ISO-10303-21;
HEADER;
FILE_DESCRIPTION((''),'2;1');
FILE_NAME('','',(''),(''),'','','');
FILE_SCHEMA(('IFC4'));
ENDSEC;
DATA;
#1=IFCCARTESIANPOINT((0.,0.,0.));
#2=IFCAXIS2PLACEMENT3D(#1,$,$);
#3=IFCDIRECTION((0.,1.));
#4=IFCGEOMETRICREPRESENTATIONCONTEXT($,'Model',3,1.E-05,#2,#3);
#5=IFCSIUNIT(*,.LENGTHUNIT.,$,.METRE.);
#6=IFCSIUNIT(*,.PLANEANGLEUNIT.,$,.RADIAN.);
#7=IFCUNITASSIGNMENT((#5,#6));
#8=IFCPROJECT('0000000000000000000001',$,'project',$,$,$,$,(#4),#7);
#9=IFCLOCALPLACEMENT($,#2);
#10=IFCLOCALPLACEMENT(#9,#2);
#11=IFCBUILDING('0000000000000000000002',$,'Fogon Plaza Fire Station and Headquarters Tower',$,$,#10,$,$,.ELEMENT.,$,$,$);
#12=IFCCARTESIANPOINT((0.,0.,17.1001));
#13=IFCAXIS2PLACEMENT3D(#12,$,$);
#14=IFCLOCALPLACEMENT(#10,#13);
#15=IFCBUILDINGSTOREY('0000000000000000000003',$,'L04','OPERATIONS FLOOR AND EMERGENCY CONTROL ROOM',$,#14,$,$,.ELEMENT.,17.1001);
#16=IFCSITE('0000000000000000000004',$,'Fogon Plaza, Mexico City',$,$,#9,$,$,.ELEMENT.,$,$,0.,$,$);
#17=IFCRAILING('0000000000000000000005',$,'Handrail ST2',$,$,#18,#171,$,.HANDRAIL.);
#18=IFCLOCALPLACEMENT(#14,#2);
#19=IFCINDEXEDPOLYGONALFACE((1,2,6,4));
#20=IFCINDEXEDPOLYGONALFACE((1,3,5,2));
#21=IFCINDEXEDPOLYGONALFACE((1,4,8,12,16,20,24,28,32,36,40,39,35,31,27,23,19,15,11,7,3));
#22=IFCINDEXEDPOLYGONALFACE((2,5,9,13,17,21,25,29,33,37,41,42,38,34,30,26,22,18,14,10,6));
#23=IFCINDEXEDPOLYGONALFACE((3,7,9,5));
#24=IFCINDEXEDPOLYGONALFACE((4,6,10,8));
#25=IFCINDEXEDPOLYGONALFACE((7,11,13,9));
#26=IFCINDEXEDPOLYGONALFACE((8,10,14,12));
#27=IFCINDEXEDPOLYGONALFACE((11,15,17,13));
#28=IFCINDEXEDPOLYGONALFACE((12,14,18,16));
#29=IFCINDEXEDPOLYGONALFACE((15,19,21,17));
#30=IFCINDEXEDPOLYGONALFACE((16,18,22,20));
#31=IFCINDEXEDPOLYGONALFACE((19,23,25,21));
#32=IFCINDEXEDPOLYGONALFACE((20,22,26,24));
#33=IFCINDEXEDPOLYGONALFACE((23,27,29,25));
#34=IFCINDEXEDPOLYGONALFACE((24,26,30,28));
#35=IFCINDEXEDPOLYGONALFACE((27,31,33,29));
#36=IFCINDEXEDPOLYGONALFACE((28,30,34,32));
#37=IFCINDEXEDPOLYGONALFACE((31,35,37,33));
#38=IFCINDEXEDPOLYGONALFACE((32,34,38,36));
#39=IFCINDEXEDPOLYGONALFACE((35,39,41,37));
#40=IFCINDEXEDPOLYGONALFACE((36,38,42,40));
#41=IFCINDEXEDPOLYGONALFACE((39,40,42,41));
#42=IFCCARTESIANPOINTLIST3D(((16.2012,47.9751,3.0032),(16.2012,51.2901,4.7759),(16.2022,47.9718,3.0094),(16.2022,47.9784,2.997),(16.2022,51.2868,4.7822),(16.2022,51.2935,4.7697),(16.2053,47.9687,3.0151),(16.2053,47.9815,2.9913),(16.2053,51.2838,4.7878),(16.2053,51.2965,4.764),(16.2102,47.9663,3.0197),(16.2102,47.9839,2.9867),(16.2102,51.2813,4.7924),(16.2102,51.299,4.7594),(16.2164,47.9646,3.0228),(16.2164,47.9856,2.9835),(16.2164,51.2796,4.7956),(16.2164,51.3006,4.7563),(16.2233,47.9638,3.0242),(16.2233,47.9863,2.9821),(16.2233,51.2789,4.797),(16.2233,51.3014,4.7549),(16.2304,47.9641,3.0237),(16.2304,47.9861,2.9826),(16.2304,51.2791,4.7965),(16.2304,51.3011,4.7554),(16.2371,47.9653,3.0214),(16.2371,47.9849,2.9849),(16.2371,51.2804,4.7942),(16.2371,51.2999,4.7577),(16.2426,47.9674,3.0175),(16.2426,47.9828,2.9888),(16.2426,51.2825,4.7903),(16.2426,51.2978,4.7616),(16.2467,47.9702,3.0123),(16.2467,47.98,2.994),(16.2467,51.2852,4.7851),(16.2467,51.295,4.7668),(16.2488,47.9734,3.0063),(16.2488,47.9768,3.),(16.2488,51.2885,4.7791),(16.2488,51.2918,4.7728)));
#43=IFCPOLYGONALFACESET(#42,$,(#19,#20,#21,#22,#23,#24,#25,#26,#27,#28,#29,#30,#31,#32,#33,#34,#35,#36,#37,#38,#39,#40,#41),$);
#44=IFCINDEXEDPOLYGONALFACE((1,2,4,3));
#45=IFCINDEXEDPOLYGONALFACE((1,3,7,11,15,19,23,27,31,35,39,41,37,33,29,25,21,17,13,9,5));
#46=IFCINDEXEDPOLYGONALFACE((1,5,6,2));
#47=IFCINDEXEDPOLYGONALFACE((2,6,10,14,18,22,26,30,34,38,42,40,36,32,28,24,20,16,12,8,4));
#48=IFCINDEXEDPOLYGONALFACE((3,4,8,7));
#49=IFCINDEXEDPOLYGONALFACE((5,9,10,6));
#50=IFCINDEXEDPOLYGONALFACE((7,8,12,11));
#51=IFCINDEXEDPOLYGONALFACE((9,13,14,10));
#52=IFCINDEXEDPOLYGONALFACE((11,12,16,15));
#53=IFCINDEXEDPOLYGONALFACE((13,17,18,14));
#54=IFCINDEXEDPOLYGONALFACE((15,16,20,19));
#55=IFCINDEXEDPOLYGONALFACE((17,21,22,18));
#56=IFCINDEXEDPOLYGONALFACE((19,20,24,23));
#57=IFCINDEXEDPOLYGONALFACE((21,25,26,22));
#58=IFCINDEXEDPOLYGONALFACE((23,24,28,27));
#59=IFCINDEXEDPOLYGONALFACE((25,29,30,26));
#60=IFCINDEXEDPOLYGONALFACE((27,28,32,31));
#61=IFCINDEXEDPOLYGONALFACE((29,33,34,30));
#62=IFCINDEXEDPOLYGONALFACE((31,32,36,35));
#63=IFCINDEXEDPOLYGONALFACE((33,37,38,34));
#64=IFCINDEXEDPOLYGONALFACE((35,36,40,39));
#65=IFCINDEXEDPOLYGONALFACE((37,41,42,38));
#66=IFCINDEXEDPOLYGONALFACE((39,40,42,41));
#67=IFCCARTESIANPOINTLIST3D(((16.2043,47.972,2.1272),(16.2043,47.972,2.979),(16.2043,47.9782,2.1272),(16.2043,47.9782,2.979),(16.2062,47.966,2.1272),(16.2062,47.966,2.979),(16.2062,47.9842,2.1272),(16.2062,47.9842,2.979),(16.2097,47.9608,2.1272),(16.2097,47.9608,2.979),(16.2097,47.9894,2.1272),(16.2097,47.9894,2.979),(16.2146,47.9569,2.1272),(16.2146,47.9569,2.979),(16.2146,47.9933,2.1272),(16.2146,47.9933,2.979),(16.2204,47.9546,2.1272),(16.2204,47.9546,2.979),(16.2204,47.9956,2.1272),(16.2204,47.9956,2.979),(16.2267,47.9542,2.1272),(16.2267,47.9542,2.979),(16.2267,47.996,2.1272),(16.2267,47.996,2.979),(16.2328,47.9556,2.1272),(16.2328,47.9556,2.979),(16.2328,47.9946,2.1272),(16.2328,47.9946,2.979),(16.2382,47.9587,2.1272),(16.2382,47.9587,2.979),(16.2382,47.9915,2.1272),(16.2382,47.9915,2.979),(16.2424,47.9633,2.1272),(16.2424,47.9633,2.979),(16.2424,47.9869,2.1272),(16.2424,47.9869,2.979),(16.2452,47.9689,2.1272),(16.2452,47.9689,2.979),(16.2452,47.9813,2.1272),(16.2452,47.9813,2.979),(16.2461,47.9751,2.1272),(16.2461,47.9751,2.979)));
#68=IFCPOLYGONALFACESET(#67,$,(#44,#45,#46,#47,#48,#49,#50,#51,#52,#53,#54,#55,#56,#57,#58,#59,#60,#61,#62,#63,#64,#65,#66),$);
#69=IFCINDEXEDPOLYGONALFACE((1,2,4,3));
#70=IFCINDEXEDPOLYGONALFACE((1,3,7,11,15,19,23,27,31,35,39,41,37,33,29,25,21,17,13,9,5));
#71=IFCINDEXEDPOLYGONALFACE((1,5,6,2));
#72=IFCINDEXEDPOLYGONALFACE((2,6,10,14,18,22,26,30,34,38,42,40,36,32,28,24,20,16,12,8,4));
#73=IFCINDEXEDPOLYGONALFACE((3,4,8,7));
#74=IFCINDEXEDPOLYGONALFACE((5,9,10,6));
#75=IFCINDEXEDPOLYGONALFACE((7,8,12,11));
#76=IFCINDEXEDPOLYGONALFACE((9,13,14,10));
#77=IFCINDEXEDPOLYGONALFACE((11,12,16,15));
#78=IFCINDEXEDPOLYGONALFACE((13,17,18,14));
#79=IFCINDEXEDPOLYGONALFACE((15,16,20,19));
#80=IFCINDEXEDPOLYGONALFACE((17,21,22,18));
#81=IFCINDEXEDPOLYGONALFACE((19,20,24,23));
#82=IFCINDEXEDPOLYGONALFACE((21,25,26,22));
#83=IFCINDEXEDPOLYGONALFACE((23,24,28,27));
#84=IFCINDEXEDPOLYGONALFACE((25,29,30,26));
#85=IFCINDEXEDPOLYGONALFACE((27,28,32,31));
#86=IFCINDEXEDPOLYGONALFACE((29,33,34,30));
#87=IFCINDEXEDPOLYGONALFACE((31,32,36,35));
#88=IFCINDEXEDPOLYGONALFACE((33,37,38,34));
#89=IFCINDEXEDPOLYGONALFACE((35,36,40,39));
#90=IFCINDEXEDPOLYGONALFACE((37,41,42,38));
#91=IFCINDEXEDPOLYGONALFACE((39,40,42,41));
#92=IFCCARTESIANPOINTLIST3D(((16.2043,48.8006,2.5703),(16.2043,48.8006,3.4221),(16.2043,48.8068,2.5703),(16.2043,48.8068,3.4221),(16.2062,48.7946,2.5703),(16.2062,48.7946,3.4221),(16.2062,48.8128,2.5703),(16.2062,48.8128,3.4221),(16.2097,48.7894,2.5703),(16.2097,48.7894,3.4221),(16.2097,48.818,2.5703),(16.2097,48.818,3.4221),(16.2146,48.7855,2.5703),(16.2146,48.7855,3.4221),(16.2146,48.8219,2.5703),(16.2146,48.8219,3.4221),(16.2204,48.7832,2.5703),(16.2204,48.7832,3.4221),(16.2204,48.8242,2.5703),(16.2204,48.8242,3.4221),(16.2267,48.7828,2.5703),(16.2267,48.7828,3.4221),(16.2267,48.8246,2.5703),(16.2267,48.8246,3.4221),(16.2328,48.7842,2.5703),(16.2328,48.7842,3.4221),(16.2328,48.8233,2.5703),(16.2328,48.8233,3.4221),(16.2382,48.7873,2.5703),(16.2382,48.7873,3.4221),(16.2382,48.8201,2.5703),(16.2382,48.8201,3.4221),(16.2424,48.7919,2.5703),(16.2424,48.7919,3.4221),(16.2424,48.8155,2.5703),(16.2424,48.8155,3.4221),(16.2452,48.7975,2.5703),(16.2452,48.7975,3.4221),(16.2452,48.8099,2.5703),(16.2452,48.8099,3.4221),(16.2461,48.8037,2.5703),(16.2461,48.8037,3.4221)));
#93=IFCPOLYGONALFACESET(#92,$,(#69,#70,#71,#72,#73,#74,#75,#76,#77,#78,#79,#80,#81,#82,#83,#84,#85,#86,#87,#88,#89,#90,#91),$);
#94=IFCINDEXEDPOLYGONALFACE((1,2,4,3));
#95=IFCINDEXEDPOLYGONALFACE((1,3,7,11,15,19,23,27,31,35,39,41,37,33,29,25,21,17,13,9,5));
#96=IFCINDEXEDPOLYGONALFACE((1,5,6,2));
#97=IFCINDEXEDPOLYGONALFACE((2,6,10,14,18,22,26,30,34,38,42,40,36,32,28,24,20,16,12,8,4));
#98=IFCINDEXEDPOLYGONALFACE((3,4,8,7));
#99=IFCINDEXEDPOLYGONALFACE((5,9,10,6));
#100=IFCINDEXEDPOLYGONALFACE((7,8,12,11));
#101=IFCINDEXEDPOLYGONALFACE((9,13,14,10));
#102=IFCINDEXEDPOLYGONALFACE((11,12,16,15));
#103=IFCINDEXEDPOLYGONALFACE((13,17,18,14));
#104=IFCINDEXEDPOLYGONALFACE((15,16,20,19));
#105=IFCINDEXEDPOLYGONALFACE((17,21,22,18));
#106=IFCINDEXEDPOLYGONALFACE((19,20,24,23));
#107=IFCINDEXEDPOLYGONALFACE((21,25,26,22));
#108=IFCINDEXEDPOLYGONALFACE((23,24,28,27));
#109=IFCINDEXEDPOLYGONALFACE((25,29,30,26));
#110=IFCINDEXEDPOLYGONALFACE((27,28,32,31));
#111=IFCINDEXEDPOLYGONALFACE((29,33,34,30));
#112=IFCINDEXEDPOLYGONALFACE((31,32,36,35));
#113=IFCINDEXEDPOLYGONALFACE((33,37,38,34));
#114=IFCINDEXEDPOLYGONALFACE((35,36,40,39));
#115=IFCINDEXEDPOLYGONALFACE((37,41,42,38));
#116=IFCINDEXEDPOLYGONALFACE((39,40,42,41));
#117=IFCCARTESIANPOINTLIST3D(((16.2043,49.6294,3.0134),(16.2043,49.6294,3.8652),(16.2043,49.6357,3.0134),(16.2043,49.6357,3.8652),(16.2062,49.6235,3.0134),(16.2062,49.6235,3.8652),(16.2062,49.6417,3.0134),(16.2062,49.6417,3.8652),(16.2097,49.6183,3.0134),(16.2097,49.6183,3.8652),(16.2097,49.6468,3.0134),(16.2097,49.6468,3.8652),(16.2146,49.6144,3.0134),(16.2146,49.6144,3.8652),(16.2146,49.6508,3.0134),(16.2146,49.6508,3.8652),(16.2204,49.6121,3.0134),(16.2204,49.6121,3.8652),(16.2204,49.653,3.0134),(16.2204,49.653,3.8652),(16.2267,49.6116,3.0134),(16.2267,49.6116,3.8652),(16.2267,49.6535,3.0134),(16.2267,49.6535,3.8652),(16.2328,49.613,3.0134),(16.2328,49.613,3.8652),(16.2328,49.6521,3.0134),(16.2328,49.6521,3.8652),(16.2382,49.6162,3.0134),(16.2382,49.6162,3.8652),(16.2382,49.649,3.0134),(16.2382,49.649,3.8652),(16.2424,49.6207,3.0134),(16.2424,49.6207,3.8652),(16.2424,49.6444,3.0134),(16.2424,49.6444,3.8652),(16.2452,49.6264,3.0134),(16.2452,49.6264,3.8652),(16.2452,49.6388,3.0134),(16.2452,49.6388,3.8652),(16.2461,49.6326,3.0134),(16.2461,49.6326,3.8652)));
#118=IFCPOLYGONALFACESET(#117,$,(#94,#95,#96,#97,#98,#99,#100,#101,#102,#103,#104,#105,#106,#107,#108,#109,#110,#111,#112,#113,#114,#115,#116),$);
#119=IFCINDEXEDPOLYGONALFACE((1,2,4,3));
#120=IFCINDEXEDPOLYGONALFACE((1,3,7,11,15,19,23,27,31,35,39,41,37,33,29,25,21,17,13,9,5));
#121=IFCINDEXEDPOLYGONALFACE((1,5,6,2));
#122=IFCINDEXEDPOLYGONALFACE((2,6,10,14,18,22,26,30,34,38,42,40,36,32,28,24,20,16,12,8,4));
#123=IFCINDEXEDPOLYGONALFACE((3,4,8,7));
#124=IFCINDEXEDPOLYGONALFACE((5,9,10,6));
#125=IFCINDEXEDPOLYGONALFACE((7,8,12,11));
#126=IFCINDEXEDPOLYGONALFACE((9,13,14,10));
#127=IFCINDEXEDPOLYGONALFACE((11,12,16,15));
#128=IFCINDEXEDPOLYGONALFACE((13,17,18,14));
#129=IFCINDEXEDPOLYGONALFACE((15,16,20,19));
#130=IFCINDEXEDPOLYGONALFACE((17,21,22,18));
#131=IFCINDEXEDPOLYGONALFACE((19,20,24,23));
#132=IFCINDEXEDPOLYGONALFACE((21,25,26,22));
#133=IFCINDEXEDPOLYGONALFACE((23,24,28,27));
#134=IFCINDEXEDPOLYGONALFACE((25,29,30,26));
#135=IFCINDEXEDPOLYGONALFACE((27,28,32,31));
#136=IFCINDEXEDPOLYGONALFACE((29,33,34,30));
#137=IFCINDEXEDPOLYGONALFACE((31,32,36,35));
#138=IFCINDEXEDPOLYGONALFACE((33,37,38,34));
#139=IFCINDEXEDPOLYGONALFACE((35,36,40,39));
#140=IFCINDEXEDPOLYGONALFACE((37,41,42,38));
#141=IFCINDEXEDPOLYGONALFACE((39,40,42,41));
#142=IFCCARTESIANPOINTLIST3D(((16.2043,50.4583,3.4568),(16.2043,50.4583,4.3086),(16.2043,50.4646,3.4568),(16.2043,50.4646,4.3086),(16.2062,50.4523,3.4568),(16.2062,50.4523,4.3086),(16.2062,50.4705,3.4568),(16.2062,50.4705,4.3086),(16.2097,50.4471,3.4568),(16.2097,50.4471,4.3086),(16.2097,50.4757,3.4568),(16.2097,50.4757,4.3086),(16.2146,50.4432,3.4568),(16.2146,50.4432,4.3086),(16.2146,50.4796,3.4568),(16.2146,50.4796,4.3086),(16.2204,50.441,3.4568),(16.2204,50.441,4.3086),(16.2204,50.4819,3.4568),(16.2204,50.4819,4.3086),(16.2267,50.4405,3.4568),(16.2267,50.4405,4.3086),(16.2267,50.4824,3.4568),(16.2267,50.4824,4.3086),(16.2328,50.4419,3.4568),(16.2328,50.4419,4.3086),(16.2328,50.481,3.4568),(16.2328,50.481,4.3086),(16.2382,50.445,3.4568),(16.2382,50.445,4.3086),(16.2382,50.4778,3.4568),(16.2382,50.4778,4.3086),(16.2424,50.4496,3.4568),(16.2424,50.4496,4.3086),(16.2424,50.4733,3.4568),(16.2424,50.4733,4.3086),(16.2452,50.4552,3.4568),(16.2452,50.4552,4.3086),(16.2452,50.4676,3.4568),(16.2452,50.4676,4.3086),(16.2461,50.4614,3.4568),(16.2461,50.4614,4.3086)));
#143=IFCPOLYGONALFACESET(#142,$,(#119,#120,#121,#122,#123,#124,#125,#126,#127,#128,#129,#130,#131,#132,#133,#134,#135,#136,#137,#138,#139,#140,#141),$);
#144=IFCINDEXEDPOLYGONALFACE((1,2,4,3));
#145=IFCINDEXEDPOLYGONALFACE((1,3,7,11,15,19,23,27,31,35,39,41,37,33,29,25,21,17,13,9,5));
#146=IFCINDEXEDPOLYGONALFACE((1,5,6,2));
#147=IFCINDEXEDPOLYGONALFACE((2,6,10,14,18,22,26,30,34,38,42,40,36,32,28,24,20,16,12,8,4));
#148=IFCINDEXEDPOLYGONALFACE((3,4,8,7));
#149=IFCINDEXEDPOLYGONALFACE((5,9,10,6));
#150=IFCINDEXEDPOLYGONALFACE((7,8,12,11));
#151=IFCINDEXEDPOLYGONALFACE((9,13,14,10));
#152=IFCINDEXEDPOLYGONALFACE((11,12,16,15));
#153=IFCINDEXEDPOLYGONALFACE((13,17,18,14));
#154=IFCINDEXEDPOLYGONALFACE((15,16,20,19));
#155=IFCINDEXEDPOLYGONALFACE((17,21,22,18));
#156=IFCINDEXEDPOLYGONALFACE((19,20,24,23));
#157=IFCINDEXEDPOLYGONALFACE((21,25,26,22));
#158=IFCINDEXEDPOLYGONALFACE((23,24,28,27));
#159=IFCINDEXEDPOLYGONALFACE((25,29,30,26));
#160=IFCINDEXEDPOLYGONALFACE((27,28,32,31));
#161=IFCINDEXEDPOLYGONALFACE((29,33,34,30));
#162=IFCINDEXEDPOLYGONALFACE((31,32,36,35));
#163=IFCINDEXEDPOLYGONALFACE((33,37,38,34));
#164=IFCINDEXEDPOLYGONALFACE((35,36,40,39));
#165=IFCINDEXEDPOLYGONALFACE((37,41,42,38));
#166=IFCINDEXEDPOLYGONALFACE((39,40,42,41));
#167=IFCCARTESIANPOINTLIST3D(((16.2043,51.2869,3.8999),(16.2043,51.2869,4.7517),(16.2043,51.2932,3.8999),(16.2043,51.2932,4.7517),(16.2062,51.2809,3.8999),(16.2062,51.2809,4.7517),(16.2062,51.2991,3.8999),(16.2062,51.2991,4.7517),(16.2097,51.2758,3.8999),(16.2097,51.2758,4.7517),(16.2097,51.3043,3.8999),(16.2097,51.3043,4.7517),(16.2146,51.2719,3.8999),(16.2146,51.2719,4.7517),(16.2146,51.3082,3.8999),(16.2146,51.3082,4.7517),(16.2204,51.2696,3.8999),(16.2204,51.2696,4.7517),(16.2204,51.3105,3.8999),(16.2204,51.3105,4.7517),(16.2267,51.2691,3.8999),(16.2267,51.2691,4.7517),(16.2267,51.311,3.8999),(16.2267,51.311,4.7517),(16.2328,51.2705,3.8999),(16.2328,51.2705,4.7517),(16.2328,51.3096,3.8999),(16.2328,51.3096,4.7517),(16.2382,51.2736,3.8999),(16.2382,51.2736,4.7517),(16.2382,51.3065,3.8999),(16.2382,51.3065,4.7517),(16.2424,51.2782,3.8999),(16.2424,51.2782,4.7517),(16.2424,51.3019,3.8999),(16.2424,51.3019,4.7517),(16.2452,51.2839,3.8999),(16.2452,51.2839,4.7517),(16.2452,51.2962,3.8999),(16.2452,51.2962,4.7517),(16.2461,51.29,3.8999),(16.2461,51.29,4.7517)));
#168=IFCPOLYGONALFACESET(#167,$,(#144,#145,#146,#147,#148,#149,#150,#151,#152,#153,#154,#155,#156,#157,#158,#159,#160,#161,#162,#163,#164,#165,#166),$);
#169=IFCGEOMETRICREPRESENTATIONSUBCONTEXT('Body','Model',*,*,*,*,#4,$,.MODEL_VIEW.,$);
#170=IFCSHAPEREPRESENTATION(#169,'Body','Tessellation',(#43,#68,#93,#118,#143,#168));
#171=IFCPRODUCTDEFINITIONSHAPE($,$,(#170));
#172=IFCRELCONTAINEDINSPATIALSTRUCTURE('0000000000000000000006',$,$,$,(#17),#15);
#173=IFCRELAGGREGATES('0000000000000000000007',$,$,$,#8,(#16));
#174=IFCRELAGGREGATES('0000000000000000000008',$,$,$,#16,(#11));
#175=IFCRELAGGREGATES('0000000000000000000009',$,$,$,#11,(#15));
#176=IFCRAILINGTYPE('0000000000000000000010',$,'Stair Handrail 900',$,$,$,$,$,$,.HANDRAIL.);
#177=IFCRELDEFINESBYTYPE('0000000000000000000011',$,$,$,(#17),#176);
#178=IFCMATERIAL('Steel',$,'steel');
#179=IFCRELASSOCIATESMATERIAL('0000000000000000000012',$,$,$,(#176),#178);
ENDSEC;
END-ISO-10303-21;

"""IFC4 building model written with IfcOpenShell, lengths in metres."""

from ifc_helpers import new_model, si_unit, direction, frame, origin, origin_2d, place, context, subcontext, project, spatial, circle, extrude, material, type_object, element, save


model = new_model("IFC4")

# Units and contexts
model_context = context("Model", 3, precision=1e-05, world=origin(), true_north=direction((0.0, 1.0)))
body_context = subcontext(model_context, "Body", "Model", "MODEL_VIEW")
ifc_project = project(units=[si_unit("LENGTHUNIT", "METRE"), si_unit("PLANEANGLEUNIT", "RADIAN")], contexts=[model_context])

# Site, building, storey
site_placement = place(None, origin())
site = spatial("IfcSite", under=ifc_project, at=site_placement, Name="Fogon Plaza, Mexico City", CompositionType="ELEMENT", RefElevation=0.0)
building_placement = place(site_placement, origin())
building = spatial("IfcBuilding", under=site, at=building_placement, Name="Fogon Plaza Fire Station and Headquarters Tower", CompositionType="ELEMENT")
storey_placement = place(building_placement, frame((0.0, 0.0, 17.1001)))
storey = spatial("IfcBuildingStorey", under=building, at=storey_placement, Name="L04", Description="OPERATIONS FLOOR AND EMERGENCY CONTROL ROOM", CompositionType="ELEMENT", Elevation=17.1001)

# Railing
ifc_material_1 = material(Name="Steel", Category="steel")
railing_type = type_object("IfcRailingType", Name="Stair Handrail 900", PredefinedType="HANDRAIL", material=ifc_material_1)
for number, where, name in (
    (1, (16.2251, 47.9751, 2.1272), "Handrail ST2"),
):
    element("IfcRailing", number, at=place(storey_placement, frame(where)), inside=storey, type_object=railing_type, Name=name, PredefinedType="HANDRAIL", context=body_context, shape_type="SweptSolid", body=[
        extrude(circle(Radius=0.0239, at=origin_2d()), frame((0.0, 0.0, 0.876), z_axis=(0.0, 0.881829, 0.471569), x_axis=(-1.0, 0.0, 0.0)), (0.0, 0.0, 1.0), 3.7593),
        extrude(circle(Radius=0.021, at=origin_2d()), origin(), (0.0, 0.0, 1.0), 0.8518),
        extrude(circle(Radius=0.021, at=origin_2d()), frame((0.0, 0.8286, 0.4431)), (0.0, 0.0, 1.0), 0.8518),
        extrude(circle(Radius=0.021, at=origin_2d()), frame((0.0, 1.6575, 0.8862)), (0.0, 0.0, 1.0), 0.8518),
        extrude(circle(Radius=0.021, at=origin_2d()), frame((0.0, 2.4863, 1.3296)), (0.0, 0.0, 1.0), 0.8518),
        extrude(circle(Radius=0.021, at=origin_2d()), frame((0.0, 3.3149, 1.7727)), (0.0, 0.0, 1.0), 0.8518),
    ])

save(model, "model.ifc")
